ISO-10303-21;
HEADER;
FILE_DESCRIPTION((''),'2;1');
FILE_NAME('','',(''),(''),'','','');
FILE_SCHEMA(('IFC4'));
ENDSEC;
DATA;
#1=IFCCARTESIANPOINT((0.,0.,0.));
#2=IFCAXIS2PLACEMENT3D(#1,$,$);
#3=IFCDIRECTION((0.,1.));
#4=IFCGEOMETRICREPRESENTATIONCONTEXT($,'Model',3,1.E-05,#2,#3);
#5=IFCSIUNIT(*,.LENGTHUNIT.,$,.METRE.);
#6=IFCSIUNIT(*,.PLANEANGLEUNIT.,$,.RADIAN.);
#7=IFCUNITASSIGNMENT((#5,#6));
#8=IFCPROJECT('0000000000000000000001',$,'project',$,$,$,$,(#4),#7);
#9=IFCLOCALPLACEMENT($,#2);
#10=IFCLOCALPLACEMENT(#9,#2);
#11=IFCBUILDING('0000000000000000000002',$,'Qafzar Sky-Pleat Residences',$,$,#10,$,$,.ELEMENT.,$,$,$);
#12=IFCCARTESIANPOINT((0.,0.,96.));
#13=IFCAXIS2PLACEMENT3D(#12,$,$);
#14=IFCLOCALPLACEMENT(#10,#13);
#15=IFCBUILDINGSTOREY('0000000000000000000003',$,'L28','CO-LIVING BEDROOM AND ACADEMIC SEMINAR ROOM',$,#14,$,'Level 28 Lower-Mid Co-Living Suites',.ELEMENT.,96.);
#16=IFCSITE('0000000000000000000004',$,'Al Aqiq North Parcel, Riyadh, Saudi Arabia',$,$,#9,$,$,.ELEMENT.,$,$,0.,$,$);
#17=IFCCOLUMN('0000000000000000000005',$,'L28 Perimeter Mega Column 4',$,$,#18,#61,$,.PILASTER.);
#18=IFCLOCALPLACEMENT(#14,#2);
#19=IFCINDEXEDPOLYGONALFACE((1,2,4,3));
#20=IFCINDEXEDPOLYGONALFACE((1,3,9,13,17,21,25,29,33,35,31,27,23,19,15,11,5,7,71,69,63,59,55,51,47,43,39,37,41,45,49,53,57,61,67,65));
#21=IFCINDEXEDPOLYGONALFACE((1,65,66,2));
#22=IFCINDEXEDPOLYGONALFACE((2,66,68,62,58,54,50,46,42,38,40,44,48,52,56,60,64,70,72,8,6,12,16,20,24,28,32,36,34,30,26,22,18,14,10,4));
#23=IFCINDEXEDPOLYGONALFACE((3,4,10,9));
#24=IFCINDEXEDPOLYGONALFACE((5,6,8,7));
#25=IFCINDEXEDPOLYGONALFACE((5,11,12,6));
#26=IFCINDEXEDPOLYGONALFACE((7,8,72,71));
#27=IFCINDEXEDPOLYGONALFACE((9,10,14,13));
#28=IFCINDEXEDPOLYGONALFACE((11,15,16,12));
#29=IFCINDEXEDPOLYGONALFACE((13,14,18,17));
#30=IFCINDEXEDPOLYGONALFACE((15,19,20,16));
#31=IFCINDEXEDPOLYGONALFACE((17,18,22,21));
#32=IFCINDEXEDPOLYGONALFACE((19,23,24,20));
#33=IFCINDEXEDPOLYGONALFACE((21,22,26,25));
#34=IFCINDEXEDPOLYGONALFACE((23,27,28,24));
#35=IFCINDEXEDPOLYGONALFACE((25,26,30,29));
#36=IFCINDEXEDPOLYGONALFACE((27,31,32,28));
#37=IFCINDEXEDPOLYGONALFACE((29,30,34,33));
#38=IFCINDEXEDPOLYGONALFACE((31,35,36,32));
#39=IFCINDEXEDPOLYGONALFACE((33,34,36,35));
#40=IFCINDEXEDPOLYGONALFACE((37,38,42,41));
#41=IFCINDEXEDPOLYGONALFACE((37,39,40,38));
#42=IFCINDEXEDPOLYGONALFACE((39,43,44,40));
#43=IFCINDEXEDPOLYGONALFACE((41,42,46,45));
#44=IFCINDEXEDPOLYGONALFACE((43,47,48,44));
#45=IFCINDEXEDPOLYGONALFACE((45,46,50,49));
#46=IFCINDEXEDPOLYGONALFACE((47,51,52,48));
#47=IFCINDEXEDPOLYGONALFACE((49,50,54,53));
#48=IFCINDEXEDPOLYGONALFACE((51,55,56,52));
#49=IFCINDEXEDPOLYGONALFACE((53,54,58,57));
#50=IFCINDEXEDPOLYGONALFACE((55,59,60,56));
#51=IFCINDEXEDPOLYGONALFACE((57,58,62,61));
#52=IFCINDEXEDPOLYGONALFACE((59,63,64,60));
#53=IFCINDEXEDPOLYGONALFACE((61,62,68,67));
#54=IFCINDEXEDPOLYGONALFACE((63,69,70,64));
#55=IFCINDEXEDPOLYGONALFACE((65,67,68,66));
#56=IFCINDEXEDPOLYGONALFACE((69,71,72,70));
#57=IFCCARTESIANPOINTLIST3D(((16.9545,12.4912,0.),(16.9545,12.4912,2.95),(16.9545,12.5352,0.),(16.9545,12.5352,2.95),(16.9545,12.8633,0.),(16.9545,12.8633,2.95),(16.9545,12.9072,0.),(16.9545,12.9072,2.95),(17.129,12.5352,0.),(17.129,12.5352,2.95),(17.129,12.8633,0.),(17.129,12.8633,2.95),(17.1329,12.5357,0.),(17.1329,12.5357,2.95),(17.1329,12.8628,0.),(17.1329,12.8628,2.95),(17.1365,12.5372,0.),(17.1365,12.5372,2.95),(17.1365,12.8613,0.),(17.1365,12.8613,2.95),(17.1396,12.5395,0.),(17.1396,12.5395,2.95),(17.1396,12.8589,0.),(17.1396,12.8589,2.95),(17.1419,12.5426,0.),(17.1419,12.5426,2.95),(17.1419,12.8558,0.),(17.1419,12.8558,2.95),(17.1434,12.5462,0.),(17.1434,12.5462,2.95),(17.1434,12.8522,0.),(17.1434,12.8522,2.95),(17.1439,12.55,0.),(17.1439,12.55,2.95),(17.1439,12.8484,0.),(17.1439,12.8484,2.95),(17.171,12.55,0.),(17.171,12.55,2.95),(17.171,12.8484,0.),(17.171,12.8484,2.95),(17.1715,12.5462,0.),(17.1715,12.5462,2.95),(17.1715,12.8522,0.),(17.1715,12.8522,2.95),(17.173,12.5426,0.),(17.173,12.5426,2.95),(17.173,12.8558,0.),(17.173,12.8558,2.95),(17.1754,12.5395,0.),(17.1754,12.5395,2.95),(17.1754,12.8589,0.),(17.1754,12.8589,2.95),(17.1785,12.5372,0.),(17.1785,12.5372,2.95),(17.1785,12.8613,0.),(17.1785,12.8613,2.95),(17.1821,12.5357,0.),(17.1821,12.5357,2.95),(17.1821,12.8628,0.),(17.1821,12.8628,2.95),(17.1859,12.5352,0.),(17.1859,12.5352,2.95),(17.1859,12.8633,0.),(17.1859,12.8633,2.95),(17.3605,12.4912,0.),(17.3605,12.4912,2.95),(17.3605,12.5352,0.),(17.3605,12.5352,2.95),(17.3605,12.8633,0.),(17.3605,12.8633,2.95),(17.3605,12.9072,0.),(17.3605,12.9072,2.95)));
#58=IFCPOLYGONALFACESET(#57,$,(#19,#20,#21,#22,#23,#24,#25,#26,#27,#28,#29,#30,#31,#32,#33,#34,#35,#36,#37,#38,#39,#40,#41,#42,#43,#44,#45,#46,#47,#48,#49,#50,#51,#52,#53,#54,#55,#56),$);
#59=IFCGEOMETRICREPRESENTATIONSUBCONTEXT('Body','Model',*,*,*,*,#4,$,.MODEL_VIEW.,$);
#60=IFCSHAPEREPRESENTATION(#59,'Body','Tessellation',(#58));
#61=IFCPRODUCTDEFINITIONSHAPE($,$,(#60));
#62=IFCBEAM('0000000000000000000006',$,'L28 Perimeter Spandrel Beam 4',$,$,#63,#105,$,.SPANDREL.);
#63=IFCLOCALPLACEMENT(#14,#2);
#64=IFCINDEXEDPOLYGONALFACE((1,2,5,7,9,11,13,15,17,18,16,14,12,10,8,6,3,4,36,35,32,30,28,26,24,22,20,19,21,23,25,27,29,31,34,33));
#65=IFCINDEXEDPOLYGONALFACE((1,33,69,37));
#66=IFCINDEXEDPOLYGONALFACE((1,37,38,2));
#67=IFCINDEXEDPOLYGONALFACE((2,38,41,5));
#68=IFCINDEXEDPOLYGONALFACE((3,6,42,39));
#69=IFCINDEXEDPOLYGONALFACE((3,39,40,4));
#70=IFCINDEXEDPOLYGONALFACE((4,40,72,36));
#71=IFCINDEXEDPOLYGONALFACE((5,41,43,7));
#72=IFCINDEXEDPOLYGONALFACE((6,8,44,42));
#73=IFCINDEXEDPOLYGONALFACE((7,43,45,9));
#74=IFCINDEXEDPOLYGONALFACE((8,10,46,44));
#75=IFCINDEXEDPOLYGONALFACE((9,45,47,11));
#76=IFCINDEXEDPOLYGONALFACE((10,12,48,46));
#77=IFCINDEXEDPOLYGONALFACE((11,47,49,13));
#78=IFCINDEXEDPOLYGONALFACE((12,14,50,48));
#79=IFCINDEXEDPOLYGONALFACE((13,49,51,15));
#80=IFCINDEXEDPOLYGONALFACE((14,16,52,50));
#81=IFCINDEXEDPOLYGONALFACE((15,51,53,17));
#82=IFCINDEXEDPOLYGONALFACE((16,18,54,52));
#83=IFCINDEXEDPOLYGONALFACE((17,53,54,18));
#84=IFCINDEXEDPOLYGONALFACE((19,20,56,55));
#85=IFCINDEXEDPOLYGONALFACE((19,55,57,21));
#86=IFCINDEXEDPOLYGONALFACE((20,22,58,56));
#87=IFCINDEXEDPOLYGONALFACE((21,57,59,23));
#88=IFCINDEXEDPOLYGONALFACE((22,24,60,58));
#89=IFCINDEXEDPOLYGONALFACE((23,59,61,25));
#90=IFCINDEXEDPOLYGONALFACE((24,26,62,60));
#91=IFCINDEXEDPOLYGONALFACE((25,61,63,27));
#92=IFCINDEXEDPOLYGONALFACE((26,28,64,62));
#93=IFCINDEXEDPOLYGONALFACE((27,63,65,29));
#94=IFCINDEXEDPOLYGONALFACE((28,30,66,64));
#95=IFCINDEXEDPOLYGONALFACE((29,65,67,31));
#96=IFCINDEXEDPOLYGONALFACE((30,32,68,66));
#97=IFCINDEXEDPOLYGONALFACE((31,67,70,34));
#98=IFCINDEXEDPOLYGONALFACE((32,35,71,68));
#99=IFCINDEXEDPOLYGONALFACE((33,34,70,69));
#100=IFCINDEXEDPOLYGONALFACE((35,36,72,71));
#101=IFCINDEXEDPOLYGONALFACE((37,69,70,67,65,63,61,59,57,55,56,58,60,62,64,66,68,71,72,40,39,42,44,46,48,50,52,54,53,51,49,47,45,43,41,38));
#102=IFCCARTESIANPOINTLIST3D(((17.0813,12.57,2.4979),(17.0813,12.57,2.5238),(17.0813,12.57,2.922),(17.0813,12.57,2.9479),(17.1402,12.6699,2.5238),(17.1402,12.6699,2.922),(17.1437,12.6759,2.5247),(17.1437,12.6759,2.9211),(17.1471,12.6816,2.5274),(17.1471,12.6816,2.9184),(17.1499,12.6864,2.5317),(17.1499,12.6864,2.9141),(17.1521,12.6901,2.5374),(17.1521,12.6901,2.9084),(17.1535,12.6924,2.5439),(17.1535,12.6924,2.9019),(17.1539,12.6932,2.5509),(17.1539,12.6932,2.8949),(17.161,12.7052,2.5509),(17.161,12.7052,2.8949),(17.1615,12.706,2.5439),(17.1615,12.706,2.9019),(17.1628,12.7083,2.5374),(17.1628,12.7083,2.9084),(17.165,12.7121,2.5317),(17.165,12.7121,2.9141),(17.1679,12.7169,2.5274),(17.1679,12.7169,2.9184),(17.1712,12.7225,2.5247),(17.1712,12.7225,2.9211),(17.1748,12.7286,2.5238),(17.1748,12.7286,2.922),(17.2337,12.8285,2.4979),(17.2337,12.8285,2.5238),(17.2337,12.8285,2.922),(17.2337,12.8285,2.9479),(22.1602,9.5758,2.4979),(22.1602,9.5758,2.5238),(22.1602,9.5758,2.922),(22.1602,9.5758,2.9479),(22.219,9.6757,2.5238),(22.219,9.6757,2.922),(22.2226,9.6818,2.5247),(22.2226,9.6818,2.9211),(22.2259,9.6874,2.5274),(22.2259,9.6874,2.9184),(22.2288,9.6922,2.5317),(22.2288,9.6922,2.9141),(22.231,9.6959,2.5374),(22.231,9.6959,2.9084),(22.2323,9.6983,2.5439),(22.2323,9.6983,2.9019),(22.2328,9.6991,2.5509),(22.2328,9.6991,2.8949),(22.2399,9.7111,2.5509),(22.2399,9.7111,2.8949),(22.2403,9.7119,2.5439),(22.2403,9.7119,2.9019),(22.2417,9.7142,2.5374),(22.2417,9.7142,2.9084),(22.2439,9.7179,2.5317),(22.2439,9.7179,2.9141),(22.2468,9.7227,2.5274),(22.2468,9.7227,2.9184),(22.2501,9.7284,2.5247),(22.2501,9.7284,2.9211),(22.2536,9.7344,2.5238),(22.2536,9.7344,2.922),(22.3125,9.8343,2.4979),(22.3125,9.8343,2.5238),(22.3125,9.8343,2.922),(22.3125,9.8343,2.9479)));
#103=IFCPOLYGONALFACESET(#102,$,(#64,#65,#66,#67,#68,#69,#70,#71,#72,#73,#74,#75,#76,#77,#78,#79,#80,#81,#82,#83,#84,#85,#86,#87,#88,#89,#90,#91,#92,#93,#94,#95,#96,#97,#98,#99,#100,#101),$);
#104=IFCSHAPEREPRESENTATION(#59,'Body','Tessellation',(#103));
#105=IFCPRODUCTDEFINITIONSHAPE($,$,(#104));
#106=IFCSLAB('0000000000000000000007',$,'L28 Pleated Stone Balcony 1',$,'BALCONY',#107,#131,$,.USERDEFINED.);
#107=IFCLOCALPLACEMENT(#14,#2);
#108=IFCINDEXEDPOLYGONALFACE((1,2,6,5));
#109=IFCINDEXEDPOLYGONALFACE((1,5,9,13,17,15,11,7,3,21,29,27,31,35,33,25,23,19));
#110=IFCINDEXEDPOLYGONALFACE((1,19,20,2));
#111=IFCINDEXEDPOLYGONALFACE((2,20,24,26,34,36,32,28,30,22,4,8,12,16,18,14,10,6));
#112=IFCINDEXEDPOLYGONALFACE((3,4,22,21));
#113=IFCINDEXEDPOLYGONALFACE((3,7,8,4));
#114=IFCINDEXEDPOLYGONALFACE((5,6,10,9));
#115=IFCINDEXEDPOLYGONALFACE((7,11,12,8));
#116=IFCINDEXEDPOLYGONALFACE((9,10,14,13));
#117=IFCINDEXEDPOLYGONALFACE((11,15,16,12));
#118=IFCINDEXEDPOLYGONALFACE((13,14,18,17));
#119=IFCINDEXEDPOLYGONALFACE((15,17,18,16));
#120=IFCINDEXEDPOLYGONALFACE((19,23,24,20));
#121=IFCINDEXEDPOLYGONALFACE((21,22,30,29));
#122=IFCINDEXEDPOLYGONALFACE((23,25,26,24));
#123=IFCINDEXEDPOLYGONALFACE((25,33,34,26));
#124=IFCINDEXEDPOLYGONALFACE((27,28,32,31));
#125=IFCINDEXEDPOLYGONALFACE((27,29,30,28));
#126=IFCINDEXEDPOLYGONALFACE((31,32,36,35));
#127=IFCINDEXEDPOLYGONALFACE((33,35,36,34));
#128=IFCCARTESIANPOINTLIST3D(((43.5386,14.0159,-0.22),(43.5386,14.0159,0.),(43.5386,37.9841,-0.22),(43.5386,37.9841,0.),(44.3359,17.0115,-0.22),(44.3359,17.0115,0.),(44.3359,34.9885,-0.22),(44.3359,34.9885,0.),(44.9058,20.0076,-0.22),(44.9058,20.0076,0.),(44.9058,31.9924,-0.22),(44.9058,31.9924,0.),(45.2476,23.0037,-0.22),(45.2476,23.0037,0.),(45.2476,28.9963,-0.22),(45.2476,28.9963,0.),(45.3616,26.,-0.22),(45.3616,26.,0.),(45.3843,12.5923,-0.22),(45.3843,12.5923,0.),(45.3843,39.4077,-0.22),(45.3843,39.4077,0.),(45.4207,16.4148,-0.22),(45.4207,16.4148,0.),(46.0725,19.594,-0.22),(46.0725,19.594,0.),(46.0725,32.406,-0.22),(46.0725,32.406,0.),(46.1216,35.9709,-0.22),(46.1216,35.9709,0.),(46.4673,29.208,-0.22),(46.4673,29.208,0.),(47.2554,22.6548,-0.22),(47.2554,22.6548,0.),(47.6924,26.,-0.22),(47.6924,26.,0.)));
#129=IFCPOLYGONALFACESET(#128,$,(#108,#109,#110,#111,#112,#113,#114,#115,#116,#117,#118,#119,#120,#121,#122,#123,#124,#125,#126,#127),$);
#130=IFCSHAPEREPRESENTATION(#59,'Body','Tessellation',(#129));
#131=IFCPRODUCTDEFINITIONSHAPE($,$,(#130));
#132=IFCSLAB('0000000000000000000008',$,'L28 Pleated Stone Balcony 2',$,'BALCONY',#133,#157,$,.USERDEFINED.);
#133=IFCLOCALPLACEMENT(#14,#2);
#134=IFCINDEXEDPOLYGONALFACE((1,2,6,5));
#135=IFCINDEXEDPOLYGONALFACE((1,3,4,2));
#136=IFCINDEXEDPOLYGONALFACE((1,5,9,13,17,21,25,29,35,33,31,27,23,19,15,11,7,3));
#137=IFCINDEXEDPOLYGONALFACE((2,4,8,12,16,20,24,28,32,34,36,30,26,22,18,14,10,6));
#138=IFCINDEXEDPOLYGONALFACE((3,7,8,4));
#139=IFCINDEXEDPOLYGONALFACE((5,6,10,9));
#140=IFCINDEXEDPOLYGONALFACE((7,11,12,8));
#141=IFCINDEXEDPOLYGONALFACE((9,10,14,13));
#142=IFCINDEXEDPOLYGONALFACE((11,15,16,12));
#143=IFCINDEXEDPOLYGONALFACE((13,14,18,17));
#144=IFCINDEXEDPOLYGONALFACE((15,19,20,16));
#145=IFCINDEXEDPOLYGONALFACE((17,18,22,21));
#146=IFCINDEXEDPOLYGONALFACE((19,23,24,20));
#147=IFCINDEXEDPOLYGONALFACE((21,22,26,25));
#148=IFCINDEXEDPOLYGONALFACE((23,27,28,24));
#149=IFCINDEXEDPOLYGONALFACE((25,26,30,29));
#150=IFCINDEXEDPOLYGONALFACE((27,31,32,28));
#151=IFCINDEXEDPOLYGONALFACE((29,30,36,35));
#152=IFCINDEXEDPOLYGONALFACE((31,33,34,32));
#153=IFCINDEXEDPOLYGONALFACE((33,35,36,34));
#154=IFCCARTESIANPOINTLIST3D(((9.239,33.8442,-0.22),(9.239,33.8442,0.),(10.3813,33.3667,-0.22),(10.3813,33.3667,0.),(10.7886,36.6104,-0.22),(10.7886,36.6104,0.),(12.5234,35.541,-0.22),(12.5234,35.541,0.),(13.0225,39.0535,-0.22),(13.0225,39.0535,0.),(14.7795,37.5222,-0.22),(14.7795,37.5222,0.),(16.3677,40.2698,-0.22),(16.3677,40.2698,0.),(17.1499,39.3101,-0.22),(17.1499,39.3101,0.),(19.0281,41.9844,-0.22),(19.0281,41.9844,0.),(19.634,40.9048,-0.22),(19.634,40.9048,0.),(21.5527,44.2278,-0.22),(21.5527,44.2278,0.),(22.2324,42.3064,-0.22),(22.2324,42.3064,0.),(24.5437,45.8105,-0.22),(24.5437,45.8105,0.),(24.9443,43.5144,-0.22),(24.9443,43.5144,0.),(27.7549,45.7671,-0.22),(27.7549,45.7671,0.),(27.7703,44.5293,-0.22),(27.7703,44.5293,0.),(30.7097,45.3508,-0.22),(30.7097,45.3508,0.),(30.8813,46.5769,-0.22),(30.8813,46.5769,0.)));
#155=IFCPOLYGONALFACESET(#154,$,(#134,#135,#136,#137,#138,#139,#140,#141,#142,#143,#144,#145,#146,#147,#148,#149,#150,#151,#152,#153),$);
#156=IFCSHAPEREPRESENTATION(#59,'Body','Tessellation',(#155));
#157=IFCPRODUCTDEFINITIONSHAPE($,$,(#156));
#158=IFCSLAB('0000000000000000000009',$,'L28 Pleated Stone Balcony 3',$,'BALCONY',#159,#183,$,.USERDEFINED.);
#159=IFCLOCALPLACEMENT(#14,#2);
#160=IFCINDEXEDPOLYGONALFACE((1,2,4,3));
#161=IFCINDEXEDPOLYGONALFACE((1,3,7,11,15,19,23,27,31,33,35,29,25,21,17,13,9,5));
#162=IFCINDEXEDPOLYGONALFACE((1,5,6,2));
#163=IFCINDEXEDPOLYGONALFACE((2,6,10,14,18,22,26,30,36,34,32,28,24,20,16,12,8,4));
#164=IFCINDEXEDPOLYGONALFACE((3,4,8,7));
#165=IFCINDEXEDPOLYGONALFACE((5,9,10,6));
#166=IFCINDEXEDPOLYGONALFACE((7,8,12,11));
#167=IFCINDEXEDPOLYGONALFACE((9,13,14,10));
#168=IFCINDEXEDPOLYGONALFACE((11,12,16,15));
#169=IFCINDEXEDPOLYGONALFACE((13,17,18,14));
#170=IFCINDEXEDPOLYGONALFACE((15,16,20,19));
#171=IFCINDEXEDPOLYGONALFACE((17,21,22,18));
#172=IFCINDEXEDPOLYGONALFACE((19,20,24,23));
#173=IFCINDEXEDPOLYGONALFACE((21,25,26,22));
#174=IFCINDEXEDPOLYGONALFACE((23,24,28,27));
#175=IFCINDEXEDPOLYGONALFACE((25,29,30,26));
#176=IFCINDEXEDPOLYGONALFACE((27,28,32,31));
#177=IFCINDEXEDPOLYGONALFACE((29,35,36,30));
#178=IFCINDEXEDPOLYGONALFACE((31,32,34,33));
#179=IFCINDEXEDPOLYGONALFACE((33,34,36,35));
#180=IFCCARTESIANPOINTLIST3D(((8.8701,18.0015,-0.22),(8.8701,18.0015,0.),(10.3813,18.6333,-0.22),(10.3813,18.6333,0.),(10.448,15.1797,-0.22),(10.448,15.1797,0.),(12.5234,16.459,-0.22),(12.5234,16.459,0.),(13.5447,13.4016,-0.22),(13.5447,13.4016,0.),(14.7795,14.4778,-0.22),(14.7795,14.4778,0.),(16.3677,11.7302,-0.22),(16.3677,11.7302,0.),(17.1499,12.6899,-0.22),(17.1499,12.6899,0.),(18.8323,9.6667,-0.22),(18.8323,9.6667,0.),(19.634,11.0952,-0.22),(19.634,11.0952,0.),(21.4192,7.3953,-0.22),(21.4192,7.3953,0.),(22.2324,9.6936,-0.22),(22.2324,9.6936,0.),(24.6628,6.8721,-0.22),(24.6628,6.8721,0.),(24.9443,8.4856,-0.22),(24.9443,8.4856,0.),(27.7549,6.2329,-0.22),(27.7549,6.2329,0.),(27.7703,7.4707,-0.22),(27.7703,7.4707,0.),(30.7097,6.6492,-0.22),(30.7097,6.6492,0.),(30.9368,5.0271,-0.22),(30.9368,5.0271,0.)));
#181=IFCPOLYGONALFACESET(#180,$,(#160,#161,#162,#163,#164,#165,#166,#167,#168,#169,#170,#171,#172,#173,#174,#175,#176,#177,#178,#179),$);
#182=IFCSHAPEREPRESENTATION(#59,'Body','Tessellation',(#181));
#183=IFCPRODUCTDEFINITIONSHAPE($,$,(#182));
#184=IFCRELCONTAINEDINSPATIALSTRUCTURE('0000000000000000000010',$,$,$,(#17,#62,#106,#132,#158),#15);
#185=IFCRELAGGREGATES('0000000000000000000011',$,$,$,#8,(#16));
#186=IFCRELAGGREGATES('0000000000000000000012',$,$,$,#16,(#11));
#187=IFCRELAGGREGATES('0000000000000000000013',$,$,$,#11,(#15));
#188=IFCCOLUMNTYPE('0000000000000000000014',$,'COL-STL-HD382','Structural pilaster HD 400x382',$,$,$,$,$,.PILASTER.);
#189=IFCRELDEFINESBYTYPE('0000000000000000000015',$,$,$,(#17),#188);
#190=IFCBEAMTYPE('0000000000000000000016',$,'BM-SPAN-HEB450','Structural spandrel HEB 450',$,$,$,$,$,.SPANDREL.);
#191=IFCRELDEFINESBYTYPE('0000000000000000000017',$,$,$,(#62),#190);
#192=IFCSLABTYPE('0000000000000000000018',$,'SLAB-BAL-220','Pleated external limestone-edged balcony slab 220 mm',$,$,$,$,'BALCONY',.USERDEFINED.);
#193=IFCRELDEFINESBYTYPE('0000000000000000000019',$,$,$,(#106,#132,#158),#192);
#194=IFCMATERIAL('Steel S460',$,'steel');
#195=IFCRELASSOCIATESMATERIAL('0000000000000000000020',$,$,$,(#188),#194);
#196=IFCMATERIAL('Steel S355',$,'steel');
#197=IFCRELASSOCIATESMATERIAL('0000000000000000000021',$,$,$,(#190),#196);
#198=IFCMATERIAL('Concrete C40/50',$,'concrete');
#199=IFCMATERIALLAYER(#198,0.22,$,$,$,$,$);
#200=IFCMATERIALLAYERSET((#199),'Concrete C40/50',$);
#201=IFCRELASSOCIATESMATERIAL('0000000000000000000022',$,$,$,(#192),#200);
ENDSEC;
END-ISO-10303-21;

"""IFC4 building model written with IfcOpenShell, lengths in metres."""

from ifc_helpers import new_model, si_unit, direction, frame, origin, origin_2d, place, context, subcontext, project, spatial, polyline, i_section, outline, extrude, source, transform, mapped, material, layer, layer_set, material_profile, profile_set, type_object, element, save


model = new_model("IFC4")

# Units and contexts
model_context = context("Model", 3, precision=1e-05, world=origin(), true_north=direction((0.0, 1.0)))
body_context = subcontext(model_context, "Body", "Model", "MODEL_VIEW")
ifc_project = project(units=[si_unit("LENGTHUNIT", "METRE"), si_unit("PLANEANGLEUNIT", "RADIAN")], contexts=[model_context])

# Site, building, storey
site_placement = place(None, origin())
site = spatial("IfcSite", under=ifc_project, at=site_placement, Name="Al Aqiq North Parcel, Riyadh, Saudi Arabia", CompositionType="ELEMENT", RefElevation=0.0)
building_placement = place(site_placement, origin())
building = spatial("IfcBuilding", under=site, at=building_placement, Name="Qafzar Sky-Pleat Residences", CompositionType="ELEMENT")
storey_placement = place(building_placement, frame((0.0, 0.0, 96.0)))
storey = spatial("IfcBuildingStorey", under=building, at=storey_placement, Name="L28", Description="CO-LIVING BEDROOM AND ACADEMIC SEMINAR ROOM", LongName="Level 28 Lower-Mid Co-Living Suites", CompositionType="ELEMENT", Elevation=96.0)

# Column
ifc_material_1 = material(Name="Steel S460", Category="steel")
ifc_material_profile_1 = material_profile(ifc_material_1, i_section(OverallWidth=0.406, OverallDepth=0.416, WebThickness=0.0271, FlangeThickness=0.0439, FilletRadius=0.0149, at=origin_2d()), Name="HD 400x382")
ifc_profile_set_1 = profile_set([ifc_material_profile_1], Name="Steel S460")
column_type = type_object("IfcColumnType", Name="COL-STL-HD382", Description="Structural pilaster HD 400x382", PredefinedType="PILASTER", material=ifc_profile_set_1)
shared_shape_1 = source(origin(), body_context, "Body", "SweptSolid", [
    extrude(i_section(OverallWidth=0.406, OverallDepth=0.416, WebThickness=0.0271, FlangeThickness=0.0439, FilletRadius=0.0149, at=origin_2d()), origin(), (0.0, 0.0, 1.0), 2.95),
])
column_placement = place(storey_placement, frame((17.1575, 12.6992, 0.0), z_axis=(0.0, 0.0, 1.0), x_axis=(1.0, 0.0, 0.0)))
element("IfcColumn", 1, at=column_placement, inside=storey, type_object=column_type, Name="L28 Perimeter Mega Column 4", PredefinedType="PILASTER", context=body_context, shape_type="MappedRepresentation", body=[
    mapped(shared_shape_1, transform((0.0, 0.0, 0.0), x_axis=(1.0, 0.0, 0.0), y_axis=(0.0, 1.0, 0.0), z_axis=(0.0, 0.0, 1.0), scale=1.0)),
])

# Beam
ifc_material_2 = material(Name="Steel S355", Category="steel")
ifc_material_profile_2 = material_profile(ifc_material_2, i_section(OverallWidth=0.3, OverallDepth=0.45, WebThickness=0.0139, FlangeThickness=0.0259, FilletRadius=0.0271, at=origin_2d()), Name="HEB 450")
ifc_profile_set_2 = profile_set([ifc_material_profile_2], Name="Steel S355")
beam_type = type_object("IfcBeamType", Name="BM-SPAN-HEB450", Description="Structural spandrel HEB 450", PredefinedType="SPANDREL", material=ifc_profile_set_2)
shared_shape_2 = source(origin(), body_context, "Body", "SweptSolid", [
    extrude(i_section(OverallWidth=0.3, OverallDepth=0.45, WebThickness=0.0139, FlangeThickness=0.0259, FilletRadius=0.0271, at=origin_2d()), origin(), (0.0, 0.0, 1.0), 5.8958),
])
beam_placement = place(storey_placement, frame((17.1575, 12.6992, 2.7229), z_axis=(0.861446, -0.507849, 0.0), x_axis=(0.507849, 0.861446, 0.0)))
element("IfcBeam", 2, at=beam_placement, inside=storey, type_object=beam_type, Name="L28 Perimeter Spandrel Beam 4", PredefinedType="SPANDREL", context=body_context, shape_type="MappedRepresentation", body=[
    mapped(shared_shape_2, transform((0.0, 0.0, 0.0), x_axis=(1.0, 0.0, 0.0), y_axis=(0.0, 1.0, 0.0), z_axis=(0.0, 0.0, 1.0), scale=1.0)),
])

# Slabs
ifc_material_3 = material(Name="Concrete C40/50", Category="concrete")
ifc_layer_1 = layer(ifc_material_3, 0.22)
ifc_layer_set_1 = layer_set([ifc_layer_1], Name="Concrete C40/50")
slab_type_1 = type_object("IfcSlabType", Name="SLAB-BAL-220", Description="Pleated external limestone-edged balcony slab 220 mm", ElementType="BALCONY", PredefinedType="USERDEFINED", material=ifc_layer_set_1)
slab_1_placement = place(storey_placement, frame((0.0, 0.0, -0.22)))
element("IfcSlab", 3, at=slab_1_placement, inside=storey, type_object=slab_type_1, Name="L28 Pleated Stone Balcony 1", ObjectType="BALCONY", PredefinedType="USERDEFINED", context=body_context, shape_type="SweptSolid", body=[
    extrude(outline(polyline([(44.3359, 17.0115), (44.9058, 20.0076), (45.2476, 23.0037), (45.3616, 26.0), (45.2476, 28.9963), (44.9058, 31.9924), (44.3359, 34.9885), (43.5386, 37.9841), (45.3843, 39.4077), (46.1216, 35.9709), (46.0725, 32.406), (46.4673, 29.208), (47.6924, 26.0), (47.2554, 22.6548), (46.0725, 19.594), (45.4207, 16.4148), (45.3843, 12.5923), (43.5386, 14.0159), (44.3359, 17.0115)])), origin(), (0.0, 0.0, 1.0), 0.22),
])
slab_2_placement = place(storey_placement, frame((0.0, 0.0, -0.22)))
element("IfcSlab", 4, at=slab_2_placement, inside=storey, type_object=slab_type_1, Name="L28 Pleated Stone Balcony 2", ObjectType="BALCONY", PredefinedType="USERDEFINED", context=body_context, shape_type="SweptSolid", body=[
    extrude(outline(polyline([(27.7703, 44.5293), (24.9443, 43.5144), (22.2324, 42.3064), (19.634, 40.9048), (17.1499, 39.3101), (14.7795, 37.5222), (12.5234, 35.541), (10.3813, 33.3667), (9.239, 33.8442), (10.7886, 36.6104), (13.0225, 39.0535), (16.3677, 40.2698), (19.0281, 41.9844), (21.5527, 44.2278), (24.5437, 45.8105), (27.7549, 45.7671), (30.8813, 46.5769), (30.7097, 45.3508), (27.7703, 44.5293)])), origin(), (0.0, 0.0, 1.0), 0.22),
])
slab_3_placement = place(storey_placement, frame((0.0, 0.0, -0.22)))
element("IfcSlab", 5, at=slab_3_placement, inside=storey, type_object=slab_type_1, Name="L28 Pleated Stone Balcony 3", ObjectType="BALCONY", PredefinedType="USERDEFINED", context=body_context, shape_type="SweptSolid", body=[
    extrude(outline(polyline([(12.5234, 16.459), (14.7795, 14.4778), (17.1499, 12.6899), (19.634, 11.0952), (22.2324, 9.6936), (24.9443, 8.4856), (27.7703, 7.4707), (30.7097, 6.6492), (30.9368, 5.0271), (27.7549, 6.2329), (24.6628, 6.8721), (21.4192, 7.3953), (18.8323, 9.6667), (16.3677, 11.7302), (13.5447, 13.4016), (10.448, 15.1797), (8.8701, 18.0015), (10.3813, 18.6333), (12.5234, 16.459)])), origin(), (0.0, 0.0, 1.0), 0.22),
])

save(model, "model.ifc")
